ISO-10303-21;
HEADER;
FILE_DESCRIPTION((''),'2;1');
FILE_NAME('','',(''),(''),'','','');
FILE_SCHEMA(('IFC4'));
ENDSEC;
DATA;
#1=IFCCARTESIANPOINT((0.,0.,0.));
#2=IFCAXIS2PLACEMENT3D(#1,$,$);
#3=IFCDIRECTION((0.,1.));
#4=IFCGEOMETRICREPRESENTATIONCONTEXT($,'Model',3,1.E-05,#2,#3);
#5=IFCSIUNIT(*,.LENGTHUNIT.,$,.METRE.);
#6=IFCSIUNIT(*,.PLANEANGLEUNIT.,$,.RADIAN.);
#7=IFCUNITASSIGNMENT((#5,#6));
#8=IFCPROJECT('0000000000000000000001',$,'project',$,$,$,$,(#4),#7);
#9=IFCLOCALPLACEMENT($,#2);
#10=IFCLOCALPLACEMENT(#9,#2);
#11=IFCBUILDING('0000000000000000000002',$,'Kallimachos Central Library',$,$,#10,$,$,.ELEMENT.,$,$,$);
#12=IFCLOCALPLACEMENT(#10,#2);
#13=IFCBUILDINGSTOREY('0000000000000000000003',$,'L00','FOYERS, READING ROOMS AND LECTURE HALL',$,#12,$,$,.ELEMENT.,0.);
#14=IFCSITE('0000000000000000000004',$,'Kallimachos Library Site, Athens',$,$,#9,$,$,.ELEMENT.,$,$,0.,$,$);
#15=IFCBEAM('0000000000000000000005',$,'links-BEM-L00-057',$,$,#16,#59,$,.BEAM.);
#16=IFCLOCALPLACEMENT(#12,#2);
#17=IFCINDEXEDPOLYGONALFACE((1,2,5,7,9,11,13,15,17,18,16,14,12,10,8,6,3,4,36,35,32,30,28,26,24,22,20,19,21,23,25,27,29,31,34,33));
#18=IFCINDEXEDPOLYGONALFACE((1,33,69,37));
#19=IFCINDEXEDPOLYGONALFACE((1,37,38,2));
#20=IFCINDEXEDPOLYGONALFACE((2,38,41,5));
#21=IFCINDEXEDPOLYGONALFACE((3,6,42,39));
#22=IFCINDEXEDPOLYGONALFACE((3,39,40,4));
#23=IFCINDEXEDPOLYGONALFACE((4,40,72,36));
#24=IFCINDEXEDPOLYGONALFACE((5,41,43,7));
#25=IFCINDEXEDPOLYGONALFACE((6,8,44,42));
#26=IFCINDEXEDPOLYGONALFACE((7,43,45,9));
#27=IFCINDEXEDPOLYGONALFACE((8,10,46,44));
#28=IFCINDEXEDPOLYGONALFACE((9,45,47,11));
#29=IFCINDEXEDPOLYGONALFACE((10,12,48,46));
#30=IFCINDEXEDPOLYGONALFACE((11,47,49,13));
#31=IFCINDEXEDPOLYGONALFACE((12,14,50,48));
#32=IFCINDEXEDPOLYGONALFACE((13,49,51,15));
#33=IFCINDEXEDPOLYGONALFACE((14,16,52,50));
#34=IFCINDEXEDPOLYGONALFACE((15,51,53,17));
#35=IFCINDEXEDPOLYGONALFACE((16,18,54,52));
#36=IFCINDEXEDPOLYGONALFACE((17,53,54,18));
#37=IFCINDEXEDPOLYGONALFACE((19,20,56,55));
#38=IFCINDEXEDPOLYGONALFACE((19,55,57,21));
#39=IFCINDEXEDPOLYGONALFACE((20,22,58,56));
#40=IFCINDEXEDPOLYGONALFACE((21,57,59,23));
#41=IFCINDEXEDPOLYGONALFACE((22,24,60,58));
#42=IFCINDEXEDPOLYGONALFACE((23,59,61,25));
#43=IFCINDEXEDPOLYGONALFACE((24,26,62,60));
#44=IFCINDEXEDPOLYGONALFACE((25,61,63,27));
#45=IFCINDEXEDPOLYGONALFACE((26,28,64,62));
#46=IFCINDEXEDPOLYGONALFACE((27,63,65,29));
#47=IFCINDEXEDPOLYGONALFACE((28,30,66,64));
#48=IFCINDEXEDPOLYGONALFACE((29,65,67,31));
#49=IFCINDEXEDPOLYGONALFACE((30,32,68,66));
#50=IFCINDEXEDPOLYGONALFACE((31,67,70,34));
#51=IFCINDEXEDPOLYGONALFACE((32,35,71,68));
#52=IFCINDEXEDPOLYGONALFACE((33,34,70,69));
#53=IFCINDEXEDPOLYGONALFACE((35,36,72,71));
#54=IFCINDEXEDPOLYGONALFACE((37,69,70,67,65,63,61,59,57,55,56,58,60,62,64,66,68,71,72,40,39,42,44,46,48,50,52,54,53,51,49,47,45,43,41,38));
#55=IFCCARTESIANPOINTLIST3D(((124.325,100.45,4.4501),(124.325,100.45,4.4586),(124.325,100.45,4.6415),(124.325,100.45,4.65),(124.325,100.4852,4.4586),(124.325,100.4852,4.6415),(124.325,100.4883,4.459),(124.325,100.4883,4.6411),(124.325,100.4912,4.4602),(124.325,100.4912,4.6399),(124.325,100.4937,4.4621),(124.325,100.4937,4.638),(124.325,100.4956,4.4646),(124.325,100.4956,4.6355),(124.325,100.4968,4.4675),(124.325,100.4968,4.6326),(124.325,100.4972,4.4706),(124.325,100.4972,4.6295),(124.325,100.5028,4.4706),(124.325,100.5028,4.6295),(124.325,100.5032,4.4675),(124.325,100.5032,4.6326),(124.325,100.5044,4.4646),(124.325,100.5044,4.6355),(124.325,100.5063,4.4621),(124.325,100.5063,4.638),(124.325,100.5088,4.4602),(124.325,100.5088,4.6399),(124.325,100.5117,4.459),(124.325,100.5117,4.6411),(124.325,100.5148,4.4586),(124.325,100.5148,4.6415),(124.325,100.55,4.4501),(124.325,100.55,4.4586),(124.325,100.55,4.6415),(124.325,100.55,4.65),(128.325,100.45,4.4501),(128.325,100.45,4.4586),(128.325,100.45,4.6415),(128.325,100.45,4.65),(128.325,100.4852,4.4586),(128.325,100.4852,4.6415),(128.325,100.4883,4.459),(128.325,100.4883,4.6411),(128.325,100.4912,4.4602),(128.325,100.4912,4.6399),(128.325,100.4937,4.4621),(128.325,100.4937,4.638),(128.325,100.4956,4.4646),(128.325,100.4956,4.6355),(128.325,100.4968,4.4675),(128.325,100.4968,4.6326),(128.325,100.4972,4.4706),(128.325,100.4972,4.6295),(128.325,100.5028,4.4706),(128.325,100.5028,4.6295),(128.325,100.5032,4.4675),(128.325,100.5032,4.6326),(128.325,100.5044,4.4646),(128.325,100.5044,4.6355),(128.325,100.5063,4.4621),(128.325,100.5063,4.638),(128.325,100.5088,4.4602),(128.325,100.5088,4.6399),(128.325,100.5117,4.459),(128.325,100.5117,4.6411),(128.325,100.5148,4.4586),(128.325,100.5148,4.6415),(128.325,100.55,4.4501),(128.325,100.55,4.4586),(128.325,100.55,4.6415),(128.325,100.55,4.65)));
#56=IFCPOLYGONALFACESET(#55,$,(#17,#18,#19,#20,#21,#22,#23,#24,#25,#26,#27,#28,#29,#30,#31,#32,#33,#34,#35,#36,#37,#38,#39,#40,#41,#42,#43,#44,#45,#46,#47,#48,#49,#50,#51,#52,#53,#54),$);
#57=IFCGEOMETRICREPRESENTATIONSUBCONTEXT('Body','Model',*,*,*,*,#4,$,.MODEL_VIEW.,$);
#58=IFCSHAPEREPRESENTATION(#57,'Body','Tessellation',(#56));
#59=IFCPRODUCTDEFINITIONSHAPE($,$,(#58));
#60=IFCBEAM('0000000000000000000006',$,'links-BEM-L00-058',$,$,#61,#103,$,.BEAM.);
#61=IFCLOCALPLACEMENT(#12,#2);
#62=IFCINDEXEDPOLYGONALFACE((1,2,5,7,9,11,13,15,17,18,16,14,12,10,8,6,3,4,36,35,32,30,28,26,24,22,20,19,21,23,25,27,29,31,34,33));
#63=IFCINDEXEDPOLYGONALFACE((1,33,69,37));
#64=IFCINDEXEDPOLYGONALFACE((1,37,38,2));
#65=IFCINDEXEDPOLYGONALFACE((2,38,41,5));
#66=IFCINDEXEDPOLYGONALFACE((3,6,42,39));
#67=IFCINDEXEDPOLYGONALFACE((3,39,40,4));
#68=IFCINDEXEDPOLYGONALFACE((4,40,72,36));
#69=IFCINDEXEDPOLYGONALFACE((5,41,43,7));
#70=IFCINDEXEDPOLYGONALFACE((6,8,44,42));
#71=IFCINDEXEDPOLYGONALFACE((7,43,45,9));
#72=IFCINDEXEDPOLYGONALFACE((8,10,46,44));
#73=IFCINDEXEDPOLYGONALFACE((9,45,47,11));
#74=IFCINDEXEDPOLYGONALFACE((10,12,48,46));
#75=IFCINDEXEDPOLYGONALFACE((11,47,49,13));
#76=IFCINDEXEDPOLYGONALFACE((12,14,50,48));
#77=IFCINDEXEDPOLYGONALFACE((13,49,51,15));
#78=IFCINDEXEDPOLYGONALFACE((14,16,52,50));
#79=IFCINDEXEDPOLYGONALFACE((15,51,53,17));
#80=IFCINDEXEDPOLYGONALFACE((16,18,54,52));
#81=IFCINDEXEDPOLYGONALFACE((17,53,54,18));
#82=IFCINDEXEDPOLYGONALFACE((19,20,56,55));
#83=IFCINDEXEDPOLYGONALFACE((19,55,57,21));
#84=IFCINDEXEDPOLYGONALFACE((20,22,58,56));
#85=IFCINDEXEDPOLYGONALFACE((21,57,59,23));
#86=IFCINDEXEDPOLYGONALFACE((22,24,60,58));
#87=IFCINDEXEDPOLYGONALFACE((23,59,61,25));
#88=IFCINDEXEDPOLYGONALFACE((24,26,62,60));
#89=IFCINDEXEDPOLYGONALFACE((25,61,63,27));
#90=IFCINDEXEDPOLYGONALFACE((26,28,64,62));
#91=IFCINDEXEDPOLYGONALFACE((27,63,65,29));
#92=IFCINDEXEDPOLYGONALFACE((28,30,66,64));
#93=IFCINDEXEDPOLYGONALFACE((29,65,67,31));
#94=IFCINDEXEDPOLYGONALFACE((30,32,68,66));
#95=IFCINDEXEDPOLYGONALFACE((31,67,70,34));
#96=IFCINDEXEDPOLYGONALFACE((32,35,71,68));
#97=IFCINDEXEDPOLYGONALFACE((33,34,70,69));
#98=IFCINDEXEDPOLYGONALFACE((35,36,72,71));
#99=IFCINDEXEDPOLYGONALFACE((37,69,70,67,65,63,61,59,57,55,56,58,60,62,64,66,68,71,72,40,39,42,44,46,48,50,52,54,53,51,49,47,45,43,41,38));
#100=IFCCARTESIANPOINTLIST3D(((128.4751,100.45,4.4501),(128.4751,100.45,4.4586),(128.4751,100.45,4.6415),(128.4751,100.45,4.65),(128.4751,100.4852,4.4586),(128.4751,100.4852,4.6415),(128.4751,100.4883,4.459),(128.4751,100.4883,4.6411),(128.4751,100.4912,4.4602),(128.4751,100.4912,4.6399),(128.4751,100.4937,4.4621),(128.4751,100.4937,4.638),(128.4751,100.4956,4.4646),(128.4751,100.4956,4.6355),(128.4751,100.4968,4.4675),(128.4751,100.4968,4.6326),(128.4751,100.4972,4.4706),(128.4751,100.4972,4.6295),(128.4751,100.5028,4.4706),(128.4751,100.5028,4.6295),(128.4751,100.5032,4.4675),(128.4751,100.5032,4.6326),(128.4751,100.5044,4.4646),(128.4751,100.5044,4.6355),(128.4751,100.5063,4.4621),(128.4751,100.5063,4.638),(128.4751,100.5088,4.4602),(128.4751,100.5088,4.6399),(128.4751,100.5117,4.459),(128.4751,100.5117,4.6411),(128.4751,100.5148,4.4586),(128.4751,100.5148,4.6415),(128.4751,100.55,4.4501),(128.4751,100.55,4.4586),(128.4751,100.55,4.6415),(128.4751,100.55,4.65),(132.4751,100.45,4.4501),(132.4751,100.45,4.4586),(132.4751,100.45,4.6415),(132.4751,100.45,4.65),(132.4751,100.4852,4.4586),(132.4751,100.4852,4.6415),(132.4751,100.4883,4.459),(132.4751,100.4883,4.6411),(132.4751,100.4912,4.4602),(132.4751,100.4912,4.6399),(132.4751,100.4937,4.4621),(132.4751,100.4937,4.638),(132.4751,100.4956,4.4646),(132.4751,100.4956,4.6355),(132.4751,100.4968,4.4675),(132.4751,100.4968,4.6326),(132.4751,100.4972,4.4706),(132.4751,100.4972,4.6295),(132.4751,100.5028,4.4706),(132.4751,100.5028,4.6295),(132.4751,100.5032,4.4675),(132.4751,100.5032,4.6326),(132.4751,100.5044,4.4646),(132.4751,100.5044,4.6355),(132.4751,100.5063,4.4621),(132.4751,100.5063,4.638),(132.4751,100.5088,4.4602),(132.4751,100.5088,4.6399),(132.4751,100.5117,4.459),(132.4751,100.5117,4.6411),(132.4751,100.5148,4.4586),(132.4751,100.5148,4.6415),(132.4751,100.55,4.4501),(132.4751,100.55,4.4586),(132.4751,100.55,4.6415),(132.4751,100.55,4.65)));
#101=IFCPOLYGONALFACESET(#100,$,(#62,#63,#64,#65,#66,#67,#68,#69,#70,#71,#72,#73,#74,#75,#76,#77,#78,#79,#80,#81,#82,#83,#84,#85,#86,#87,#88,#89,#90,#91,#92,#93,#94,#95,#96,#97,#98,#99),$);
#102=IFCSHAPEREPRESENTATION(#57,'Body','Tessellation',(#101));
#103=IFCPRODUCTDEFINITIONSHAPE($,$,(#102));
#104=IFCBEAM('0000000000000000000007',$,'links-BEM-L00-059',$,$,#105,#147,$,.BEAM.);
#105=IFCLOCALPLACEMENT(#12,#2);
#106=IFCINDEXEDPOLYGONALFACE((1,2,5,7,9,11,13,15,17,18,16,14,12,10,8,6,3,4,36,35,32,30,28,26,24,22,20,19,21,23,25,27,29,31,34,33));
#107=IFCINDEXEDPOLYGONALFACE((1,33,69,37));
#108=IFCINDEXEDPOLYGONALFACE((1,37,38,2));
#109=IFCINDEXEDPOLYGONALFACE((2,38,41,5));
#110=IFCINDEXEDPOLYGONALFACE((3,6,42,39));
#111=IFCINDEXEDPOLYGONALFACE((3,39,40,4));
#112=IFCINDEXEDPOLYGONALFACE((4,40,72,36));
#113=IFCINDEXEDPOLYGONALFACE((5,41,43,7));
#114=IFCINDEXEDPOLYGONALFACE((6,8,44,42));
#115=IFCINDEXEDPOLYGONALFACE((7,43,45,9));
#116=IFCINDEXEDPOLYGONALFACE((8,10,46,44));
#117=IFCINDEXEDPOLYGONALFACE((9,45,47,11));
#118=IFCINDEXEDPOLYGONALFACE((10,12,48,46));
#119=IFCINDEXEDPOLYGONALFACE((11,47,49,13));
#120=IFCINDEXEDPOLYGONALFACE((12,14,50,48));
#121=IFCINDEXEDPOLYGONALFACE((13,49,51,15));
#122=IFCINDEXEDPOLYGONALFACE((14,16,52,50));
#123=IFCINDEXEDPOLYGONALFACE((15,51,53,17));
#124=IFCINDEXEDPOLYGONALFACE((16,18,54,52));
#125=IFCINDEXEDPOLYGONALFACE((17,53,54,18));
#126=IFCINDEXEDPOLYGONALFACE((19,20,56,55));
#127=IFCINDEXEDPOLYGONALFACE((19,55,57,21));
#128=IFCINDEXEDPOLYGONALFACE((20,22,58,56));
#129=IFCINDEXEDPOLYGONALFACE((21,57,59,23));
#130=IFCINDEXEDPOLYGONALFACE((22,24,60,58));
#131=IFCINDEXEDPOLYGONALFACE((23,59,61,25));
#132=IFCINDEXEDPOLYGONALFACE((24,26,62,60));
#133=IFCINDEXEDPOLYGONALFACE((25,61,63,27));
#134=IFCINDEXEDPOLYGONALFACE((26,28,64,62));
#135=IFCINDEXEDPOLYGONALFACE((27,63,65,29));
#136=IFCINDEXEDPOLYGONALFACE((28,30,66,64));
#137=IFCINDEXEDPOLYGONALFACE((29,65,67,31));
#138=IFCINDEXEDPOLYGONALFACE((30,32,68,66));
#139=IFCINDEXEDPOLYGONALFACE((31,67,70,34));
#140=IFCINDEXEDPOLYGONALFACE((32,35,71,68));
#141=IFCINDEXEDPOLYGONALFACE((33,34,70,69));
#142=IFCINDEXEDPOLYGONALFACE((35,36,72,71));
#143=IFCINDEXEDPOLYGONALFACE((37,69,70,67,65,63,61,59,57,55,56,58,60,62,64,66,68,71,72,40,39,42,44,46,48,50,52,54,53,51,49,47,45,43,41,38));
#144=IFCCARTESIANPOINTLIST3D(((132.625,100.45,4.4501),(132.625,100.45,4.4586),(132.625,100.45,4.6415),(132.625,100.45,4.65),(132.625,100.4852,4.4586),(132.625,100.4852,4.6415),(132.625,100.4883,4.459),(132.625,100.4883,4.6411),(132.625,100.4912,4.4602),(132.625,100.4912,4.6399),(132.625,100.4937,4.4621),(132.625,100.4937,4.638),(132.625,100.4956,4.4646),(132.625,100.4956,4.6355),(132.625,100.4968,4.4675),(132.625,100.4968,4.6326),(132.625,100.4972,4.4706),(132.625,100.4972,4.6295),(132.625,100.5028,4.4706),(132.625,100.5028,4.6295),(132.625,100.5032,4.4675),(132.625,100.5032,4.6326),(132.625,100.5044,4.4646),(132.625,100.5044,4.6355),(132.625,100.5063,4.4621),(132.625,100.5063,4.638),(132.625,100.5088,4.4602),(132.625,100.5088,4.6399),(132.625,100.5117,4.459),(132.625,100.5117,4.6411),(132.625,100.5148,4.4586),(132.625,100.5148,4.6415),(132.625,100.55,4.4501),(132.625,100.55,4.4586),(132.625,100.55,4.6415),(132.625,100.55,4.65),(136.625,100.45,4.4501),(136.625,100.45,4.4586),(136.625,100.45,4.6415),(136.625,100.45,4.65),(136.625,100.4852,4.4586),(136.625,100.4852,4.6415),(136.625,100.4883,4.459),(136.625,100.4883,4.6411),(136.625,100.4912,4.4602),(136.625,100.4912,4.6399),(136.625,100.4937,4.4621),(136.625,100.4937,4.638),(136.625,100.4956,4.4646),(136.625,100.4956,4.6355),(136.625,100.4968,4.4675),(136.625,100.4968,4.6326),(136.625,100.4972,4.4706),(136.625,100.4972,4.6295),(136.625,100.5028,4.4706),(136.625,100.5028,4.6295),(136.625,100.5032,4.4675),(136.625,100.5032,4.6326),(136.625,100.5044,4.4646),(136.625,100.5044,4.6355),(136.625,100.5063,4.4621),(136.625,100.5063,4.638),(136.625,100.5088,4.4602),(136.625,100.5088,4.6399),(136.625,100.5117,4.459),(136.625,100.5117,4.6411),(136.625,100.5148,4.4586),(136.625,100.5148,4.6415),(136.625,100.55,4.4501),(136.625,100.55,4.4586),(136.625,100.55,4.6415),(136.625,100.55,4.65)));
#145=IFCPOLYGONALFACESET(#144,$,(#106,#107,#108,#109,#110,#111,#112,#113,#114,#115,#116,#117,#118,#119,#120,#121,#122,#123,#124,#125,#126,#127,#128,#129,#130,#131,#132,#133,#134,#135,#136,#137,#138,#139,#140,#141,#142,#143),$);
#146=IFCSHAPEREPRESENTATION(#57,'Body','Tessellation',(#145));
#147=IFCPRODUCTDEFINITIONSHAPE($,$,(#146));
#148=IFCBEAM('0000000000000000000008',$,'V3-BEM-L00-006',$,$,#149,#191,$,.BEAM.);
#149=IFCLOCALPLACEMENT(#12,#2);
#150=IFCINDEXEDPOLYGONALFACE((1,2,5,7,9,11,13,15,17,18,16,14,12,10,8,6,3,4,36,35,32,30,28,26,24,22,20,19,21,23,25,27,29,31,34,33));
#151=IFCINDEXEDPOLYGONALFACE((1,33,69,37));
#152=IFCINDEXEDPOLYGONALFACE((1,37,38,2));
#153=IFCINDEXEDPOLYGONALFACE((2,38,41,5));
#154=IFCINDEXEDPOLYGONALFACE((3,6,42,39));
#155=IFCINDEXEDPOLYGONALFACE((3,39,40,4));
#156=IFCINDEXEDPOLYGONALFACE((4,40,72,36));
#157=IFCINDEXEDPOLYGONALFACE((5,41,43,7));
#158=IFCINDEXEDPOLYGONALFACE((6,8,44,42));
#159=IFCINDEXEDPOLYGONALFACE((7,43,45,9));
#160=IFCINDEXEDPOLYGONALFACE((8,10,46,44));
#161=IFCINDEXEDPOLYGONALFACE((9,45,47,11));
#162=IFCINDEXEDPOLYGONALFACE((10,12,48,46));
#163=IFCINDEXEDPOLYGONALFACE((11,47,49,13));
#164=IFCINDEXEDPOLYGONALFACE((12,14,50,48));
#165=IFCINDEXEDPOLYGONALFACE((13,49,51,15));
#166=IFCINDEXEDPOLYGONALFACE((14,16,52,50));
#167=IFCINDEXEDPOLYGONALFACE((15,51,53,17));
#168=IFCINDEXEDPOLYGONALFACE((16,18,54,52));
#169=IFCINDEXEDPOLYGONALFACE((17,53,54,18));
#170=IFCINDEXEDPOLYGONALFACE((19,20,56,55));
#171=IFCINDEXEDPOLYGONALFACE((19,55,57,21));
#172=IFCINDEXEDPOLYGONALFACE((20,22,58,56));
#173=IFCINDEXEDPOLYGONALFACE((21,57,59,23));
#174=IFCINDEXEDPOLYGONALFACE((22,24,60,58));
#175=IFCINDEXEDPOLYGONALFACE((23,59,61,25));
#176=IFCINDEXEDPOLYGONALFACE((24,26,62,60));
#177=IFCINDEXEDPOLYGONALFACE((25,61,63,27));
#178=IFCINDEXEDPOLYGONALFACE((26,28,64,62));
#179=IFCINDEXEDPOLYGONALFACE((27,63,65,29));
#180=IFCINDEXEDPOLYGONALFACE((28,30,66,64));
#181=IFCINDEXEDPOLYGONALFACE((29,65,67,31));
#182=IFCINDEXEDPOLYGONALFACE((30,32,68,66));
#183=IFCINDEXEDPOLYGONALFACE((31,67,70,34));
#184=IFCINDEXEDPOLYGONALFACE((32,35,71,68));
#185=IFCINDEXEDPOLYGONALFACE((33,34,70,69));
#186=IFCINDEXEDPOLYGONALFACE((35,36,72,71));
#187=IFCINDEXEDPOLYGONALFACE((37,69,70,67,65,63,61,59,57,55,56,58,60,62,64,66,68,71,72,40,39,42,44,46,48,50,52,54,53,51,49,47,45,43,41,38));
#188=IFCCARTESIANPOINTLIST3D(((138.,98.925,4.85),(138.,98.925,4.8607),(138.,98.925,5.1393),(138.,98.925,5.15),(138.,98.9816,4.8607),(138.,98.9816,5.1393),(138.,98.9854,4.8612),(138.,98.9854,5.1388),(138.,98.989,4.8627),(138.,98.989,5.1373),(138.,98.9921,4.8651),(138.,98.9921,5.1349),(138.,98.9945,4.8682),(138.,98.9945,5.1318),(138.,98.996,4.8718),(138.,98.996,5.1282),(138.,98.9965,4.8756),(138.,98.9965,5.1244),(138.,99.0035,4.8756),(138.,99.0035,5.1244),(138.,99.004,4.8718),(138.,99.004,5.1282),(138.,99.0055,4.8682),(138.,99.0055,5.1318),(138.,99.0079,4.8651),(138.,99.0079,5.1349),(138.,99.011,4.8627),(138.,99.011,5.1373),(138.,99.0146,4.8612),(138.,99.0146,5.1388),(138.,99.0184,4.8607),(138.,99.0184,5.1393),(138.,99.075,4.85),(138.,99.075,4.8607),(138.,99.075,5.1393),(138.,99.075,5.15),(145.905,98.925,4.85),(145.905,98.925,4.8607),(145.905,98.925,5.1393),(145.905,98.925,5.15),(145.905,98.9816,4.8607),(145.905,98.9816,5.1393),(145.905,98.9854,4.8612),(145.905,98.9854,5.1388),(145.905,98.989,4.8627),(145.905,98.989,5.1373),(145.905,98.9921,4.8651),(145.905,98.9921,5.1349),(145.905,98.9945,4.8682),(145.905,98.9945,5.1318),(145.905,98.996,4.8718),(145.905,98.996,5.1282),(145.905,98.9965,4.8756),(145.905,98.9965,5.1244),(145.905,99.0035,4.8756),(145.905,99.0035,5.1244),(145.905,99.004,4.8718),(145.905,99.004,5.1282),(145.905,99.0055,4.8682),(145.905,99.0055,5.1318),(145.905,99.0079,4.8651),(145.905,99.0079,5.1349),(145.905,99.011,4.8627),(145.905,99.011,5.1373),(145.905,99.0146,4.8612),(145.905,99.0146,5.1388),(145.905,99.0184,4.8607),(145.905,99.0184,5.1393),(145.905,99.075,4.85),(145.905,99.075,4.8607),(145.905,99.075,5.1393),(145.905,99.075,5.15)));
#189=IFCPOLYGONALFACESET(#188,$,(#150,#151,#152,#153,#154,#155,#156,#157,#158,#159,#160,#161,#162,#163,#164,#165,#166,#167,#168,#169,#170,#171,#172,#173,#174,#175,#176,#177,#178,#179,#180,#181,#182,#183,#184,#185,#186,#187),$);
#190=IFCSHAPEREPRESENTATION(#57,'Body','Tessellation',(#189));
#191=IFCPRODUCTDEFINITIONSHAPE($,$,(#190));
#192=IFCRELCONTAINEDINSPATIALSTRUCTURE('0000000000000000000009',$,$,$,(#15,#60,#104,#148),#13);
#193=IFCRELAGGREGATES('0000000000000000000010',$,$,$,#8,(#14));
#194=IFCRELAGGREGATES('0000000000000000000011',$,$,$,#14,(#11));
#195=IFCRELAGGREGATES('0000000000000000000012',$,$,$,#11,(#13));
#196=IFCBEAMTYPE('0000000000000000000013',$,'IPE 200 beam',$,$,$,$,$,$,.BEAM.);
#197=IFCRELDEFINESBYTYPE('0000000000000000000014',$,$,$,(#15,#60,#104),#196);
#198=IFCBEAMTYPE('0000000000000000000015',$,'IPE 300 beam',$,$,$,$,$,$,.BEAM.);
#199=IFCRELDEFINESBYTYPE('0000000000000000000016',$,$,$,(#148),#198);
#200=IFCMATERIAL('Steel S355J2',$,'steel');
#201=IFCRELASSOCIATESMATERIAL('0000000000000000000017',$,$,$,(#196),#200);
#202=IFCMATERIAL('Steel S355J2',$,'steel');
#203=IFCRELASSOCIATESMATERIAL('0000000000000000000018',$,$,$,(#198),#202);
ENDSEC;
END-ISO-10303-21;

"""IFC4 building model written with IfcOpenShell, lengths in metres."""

from ifc_helpers import new_model, si_unit, direction, frame, origin, origin_2d, place, context, subcontext, project, spatial, i_section, extrude, material, material_profile, profile_set, type_object, element, save


model = new_model("IFC4")

# Units and contexts
model_context = context("Model", 3, precision=1e-05, world=origin(), true_north=direction((0.0, 1.0)))
body_context = subcontext(model_context, "Body", "Model", "MODEL_VIEW")
ifc_project = project(units=[si_unit("LENGTHUNIT", "METRE"), si_unit("PLANEANGLEUNIT", "RADIAN")], contexts=[model_context])

# Site, building, storey
site_placement = place(None, origin())
site = spatial("IfcSite", under=ifc_project, at=site_placement, Name="Kallimachos Library Site, Athens", CompositionType="ELEMENT", RefElevation=0.0)
building_placement = place(site_placement, origin())
building = spatial("IfcBuilding", under=site, at=building_placement, Name="Kallimachos Central Library", CompositionType="ELEMENT")
storey_placement = place(building_placement, origin())
storey = spatial("IfcBuildingStorey", under=building, at=storey_placement, Name="L00", Description="FOYERS, READING ROOMS AND LECTURE HALL", CompositionType="ELEMENT", Elevation=0.0)

# Beams
ifc_material_1 = material(Name="Steel S355J2", Category="steel")
ifc_material_profile_1 = material_profile(ifc_material_1, i_section(OverallWidth=0.1001, OverallDepth=0.2, WebThickness=0.0056, FlangeThickness=0.0085, FilletRadius=0.012, at=origin_2d()), Name="IPE 200")
ifc_profile_set_1 = profile_set([ifc_material_profile_1], Name="Steel S355J2")
beam_type_1 = type_object("IfcBeamType", Name="IPE 200 beam", PredefinedType="BEAM", material=ifc_profile_set_1)
for number, where, z_axis, x_axis, name in (
    (1, (124.325, 100.5, 4.55), (1.0, 0.0, 0.0), (0.0, 1.0, 0.0), "links-BEM-L00-057"),
    (2, (128.4751, 100.5, 4.55), (1.0, 0.0, 0.0), (0.0, 1.0, 0.0), "links-BEM-L00-058"),
    (3, (132.625, 100.5, 4.55), (1.0, 0.0, 0.0), (0.0, 1.0, 0.0), "links-BEM-L00-059"),
):
    element("IfcBeam", number, at=place(storey_placement, frame(where, z_axis=z_axis, x_axis=x_axis)), inside=storey, type_object=beam_type_1, Name=name, PredefinedType="BEAM", context=body_context, shape_type="SweptSolid", body=[
        extrude(i_section(OverallWidth=0.1001, OverallDepth=0.2, WebThickness=0.0056, FlangeThickness=0.0085, FilletRadius=0.012, at=origin_2d()), origin(), (0.0, 0.0, 1.0), 4.0),
    ])
ifc_material_2 = material(Name="Steel S355J2", Category="steel")
ifc_material_profile_2 = material_profile(ifc_material_2, i_section(OverallWidth=0.1499, OverallDepth=0.3, WebThickness=0.0071, FlangeThickness=0.0107, FilletRadius=0.0149, at=origin_2d()), Name="IPE 300")
ifc_profile_set_2 = profile_set([ifc_material_profile_2], Name="Steel S355J2")
beam_type_2 = type_object("IfcBeamType", Name="IPE 300 beam", PredefinedType="BEAM", material=ifc_profile_set_2)
for number, where, z_axis, x_axis, name in (
    (4, (138.0, 99.0, 5.0), (1.0, 0.0, 0.0), (0.0, 1.0, 0.0), "V3-BEM-L00-006"),
):
    element("IfcBeam", number, at=place(storey_placement, frame(where, z_axis=z_axis, x_axis=x_axis)), inside=storey, type_object=beam_type_2, Name=name, PredefinedType="BEAM", context=body_context, shape_type="SweptSolid", body=[
        extrude(i_section(OverallWidth=0.1499, OverallDepth=0.3, WebThickness=0.0071, FlangeThickness=0.0107, FilletRadius=0.0149, at=origin_2d()), origin(), (0.0, 0.0, 1.0), 7.905),
    ])

save(model, "model.ifc")
